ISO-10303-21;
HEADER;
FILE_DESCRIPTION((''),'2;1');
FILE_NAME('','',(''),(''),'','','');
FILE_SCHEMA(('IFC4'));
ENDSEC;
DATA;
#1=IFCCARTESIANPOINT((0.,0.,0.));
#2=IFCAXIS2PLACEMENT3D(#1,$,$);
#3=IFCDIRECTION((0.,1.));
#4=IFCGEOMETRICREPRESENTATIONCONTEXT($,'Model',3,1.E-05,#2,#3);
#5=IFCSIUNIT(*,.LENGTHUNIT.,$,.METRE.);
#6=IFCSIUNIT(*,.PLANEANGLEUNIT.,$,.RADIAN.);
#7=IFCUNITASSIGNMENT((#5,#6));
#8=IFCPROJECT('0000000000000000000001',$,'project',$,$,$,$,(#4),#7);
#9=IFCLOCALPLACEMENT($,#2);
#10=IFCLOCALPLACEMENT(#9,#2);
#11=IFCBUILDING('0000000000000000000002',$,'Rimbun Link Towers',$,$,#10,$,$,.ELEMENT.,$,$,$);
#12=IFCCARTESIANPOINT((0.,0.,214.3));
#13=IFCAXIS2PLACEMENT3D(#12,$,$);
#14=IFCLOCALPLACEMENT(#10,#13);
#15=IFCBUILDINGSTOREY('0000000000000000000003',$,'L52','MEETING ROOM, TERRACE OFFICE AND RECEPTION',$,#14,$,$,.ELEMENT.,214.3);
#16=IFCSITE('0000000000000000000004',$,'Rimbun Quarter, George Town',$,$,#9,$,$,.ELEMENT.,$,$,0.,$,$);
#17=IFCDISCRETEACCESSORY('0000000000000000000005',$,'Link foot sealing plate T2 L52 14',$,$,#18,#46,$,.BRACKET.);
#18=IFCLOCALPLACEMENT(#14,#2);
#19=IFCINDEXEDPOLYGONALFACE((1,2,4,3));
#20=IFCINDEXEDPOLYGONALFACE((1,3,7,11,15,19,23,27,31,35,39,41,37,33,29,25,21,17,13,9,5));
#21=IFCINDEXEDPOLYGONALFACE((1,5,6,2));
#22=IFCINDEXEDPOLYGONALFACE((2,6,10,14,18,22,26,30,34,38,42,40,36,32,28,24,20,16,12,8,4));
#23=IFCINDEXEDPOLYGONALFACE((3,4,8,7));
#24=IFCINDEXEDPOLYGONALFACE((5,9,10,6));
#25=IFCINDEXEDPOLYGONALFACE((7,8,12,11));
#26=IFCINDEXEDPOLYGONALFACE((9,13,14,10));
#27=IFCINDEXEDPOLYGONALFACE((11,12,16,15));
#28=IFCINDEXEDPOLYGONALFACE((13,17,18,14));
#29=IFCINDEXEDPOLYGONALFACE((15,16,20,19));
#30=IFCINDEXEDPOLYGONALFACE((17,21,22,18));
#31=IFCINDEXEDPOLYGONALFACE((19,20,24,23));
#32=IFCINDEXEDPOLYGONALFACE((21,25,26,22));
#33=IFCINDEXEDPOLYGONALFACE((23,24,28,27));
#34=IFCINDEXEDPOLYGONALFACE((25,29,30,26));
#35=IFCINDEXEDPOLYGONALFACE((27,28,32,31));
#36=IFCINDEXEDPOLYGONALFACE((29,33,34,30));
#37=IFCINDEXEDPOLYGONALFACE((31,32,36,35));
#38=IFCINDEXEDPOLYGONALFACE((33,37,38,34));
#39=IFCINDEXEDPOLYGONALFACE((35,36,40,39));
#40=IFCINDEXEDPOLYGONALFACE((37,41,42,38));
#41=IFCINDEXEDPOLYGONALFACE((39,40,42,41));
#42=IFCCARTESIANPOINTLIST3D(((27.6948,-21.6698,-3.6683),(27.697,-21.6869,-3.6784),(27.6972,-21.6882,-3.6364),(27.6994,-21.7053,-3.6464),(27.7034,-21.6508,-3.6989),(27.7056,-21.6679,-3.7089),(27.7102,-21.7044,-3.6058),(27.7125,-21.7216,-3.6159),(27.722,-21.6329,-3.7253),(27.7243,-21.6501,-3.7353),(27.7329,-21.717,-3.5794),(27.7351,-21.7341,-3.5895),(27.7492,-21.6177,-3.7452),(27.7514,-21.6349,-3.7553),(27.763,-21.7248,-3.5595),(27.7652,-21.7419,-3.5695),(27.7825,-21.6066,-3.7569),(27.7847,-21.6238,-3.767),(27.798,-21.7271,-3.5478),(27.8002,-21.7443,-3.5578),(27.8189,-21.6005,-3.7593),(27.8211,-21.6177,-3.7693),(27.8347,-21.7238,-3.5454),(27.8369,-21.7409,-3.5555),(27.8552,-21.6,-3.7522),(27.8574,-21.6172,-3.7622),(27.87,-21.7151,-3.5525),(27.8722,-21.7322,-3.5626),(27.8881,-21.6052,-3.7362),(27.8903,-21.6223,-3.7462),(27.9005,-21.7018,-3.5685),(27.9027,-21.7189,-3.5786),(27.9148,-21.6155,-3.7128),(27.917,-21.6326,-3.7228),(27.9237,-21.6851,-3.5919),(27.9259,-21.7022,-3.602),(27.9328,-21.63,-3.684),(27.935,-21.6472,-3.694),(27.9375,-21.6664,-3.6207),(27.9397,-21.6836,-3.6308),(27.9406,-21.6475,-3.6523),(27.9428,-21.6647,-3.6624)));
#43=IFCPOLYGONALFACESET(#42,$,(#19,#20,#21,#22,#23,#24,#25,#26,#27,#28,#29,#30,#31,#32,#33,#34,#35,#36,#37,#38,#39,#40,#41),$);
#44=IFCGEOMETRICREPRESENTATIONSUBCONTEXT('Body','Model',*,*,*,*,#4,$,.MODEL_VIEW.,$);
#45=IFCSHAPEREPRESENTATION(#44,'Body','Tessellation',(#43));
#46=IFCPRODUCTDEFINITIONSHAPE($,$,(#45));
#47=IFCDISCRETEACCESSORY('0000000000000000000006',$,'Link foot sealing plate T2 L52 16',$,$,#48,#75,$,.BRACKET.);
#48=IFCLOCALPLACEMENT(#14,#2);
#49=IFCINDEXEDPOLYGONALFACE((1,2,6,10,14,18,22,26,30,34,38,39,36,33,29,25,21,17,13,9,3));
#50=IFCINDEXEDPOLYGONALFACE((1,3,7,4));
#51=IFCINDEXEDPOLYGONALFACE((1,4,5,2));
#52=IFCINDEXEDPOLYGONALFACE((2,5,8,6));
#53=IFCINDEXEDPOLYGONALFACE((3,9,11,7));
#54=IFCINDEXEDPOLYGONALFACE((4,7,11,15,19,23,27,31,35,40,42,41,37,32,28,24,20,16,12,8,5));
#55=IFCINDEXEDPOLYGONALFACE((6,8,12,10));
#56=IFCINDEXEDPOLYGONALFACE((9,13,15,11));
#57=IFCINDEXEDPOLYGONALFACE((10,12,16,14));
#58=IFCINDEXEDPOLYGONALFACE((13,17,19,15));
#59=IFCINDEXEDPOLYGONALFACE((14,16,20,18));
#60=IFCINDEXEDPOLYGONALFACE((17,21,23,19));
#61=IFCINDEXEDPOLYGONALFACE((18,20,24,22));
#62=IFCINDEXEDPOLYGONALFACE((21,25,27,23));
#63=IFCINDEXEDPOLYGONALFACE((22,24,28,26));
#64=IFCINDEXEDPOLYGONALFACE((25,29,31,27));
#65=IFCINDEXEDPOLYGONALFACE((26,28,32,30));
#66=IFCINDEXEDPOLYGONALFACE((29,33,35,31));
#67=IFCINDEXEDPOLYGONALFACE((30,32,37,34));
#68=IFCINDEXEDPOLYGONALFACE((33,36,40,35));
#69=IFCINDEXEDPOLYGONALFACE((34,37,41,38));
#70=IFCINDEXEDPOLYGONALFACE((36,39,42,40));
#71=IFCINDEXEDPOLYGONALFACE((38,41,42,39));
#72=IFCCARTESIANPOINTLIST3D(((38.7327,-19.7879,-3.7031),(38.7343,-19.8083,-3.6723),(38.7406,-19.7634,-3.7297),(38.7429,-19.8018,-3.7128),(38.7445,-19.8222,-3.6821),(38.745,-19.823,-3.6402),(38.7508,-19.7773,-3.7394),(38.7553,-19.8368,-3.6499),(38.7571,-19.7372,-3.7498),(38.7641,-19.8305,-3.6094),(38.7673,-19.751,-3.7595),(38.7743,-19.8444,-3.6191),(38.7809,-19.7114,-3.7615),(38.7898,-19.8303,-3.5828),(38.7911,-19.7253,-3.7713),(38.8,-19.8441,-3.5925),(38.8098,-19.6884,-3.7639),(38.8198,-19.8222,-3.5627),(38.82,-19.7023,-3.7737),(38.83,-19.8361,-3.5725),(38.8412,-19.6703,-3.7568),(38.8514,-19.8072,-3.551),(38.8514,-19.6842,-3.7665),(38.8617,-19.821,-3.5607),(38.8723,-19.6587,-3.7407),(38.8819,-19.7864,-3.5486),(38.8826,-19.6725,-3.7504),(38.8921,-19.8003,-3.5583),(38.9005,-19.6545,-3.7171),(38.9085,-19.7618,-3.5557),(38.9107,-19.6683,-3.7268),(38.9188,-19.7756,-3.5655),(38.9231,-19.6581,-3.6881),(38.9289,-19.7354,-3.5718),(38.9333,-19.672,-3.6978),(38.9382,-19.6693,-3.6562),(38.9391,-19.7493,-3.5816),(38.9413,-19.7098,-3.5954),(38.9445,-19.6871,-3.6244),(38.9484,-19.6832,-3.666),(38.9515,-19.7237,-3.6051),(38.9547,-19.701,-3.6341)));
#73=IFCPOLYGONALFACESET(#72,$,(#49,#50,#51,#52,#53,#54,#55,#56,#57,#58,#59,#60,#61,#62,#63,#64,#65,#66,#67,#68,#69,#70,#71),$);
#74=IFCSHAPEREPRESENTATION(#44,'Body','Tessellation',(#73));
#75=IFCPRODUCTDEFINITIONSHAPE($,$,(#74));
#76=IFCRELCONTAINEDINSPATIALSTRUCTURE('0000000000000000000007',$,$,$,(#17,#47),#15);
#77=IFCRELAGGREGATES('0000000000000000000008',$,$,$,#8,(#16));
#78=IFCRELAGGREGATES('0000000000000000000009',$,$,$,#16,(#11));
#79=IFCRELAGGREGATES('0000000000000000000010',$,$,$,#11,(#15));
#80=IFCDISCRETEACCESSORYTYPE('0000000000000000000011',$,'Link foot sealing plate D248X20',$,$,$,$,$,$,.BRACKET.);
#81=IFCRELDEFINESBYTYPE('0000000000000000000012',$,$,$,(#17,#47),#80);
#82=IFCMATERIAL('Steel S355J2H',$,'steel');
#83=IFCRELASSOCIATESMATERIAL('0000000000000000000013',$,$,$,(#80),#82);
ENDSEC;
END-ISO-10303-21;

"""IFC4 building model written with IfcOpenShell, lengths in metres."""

from ifc_helpers import new_model, si_unit, direction, frame, origin, origin_2d, place, context, subcontext, project, spatial, circle, extrude, material, material_profile, profile_set, type_object, element, save


model = new_model("IFC4")

# Units and contexts
model_context = context("Model", 3, precision=1e-05, world=origin(), true_north=direction((0.0, 1.0)))
body_context = subcontext(model_context, "Body", "Model", "MODEL_VIEW")
ifc_project = project(units=[si_unit("LENGTHUNIT", "METRE"), si_unit("PLANEANGLEUNIT", "RADIAN")], contexts=[model_context])

# Site, building, storey
site_placement = place(None, origin())
site = spatial("IfcSite", under=ifc_project, at=site_placement, Name="Rimbun Quarter, George Town", CompositionType="ELEMENT", RefElevation=0.0)
building_placement = place(site_placement, origin())
building = spatial("IfcBuilding", under=site, at=building_placement, Name="Rimbun Link Towers", CompositionType="ELEMENT")
storey_placement = place(building_placement, frame((0.0, 0.0, 214.3)))
storey = spatial("IfcBuildingStorey", under=building, at=storey_placement, Name="L52", Description="MEETING ROOM, TERRACE OFFICE AND RECEPTION", CompositionType="ELEMENT", Elevation=214.3)

# Discrete accessories
ifc_material_1 = material(Name="Steel S355J2H", Category="steel")
ifc_material_profile_1 = material_profile(ifc_material_1, circle(Radius=0.124, at=origin_2d()), Name="PL D248")
ifc_profile_set_1 = profile_set([ifc_material_profile_1], Name="Steel S355J2H")
discrete_accessory_type = type_object("IfcDiscreteAccessoryType", Name="Link foot sealing plate D248X20", PredefinedType="BRACKET", material=ifc_profile_set_1)
discrete_accessory_1_placement = place(storey_placement, frame((27.8176, -21.6633, -3.6523), z_axis=(0.110266, -0.857622, -0.502321), x_axis=(0.991836, 0.127522, 0.0)))
element("IfcDiscreteAccessory", 1, at=discrete_accessory_1_placement, inside=storey, type_object=discrete_accessory_type, Name="Link foot sealing plate T2 L52 14", PredefinedType="BRACKET", context=body_context, shape_type="SweptSolid", body=[
    extrude(circle(Radius=0.124, at=origin_2d()), origin(), (0.0, 0.0, 1.0), 0.02),
])
discrete_accessory_2_placement = place(storey_placement, frame((38.8384, -19.7429, -3.6562), z_axis=(0.516476, -0.700932, -0.491882), x_axis=(0.805056, 0.593199, 0.0)))
element("IfcDiscreteAccessory", 2, at=discrete_accessory_2_placement, inside=storey, type_object=discrete_accessory_type, Name="Link foot sealing plate T2 L52 16", PredefinedType="BRACKET", context=body_context, shape_type="SweptSolid", body=[
    extrude(circle(Radius=0.124, at=origin_2d()), origin(), (0.0, 0.0, 1.0), 0.0198),
])

save(model, "model.ifc")
